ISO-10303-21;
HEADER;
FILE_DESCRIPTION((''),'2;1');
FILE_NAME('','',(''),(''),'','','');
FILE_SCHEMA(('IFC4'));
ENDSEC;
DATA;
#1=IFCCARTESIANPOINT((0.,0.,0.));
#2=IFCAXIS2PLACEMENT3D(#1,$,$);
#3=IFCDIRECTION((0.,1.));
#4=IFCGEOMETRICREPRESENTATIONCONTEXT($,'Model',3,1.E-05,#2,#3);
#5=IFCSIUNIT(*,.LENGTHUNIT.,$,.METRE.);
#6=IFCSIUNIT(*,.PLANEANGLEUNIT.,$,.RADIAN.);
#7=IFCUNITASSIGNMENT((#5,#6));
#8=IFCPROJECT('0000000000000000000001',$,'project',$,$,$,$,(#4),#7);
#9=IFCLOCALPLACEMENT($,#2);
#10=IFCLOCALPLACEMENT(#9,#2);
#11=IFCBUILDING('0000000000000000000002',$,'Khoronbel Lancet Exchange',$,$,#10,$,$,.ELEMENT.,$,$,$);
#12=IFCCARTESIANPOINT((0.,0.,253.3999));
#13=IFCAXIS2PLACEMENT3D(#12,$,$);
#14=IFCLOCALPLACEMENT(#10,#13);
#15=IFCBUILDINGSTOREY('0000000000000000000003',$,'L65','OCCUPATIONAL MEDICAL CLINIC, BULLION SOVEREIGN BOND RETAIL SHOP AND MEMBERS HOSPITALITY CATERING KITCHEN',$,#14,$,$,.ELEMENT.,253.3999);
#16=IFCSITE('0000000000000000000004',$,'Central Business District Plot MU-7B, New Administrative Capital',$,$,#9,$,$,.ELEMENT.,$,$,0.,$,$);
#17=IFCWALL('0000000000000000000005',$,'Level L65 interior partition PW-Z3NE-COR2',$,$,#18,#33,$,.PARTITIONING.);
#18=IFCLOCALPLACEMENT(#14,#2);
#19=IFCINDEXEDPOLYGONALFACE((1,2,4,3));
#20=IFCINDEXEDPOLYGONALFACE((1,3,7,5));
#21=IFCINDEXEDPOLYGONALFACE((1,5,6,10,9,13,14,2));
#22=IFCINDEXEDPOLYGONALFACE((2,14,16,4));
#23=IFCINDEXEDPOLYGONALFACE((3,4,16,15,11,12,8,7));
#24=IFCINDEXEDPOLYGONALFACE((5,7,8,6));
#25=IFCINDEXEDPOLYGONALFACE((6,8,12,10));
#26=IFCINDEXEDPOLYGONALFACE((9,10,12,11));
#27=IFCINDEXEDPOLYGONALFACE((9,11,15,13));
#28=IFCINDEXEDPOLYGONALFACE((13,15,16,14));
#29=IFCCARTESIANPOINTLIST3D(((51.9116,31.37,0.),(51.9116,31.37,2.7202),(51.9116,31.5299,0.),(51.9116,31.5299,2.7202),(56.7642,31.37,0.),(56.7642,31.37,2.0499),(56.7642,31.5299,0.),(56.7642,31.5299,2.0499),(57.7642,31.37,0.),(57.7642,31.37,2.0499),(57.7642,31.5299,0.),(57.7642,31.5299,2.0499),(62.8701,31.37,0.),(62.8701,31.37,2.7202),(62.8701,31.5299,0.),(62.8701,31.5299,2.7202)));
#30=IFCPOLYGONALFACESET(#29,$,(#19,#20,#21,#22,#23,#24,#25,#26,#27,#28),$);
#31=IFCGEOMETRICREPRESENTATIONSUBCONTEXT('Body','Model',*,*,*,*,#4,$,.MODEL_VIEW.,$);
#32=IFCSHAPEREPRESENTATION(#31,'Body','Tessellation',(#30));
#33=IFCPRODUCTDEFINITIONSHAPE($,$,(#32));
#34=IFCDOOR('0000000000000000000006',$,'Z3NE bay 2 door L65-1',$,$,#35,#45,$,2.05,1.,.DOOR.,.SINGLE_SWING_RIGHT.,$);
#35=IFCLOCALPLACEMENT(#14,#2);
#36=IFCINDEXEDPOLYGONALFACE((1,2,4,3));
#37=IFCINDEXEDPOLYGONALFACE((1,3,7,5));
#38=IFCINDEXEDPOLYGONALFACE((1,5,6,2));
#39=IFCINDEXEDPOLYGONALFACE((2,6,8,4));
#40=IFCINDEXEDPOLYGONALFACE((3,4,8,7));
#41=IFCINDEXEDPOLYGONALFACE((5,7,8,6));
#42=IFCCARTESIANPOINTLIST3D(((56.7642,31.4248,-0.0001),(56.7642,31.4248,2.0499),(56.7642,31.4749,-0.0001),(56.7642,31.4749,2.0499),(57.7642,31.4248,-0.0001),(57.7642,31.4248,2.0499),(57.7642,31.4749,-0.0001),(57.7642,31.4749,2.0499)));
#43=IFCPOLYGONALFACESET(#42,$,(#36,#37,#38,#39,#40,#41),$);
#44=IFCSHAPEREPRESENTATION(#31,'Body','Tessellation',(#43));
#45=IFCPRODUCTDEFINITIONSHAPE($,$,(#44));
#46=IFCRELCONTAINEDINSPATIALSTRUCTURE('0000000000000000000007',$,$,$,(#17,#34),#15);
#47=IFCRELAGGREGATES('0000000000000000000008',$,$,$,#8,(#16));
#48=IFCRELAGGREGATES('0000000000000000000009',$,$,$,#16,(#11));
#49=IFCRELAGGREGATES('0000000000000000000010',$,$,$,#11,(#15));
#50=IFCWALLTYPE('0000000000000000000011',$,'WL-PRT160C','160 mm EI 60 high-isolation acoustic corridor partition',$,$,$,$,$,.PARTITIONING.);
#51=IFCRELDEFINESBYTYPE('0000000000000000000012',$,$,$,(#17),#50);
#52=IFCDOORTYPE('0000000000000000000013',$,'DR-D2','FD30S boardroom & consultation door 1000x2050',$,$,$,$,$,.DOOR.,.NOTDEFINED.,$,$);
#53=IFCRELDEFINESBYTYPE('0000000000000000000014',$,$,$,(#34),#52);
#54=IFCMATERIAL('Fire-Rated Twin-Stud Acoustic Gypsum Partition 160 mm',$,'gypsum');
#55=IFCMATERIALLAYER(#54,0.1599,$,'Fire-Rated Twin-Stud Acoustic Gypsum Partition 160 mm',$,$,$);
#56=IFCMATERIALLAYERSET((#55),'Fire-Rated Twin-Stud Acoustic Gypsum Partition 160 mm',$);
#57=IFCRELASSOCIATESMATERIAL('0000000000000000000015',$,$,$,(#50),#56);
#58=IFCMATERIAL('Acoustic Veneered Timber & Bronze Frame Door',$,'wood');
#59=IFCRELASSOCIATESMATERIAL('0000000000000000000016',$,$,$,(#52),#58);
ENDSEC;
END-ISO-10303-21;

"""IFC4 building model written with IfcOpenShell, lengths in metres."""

from ifc_helpers import new_model, si_unit, direction, frame, frame_2d, origin, place, context, subcontext, project, spatial, rectangle, extrude, material, layer, layer_set, type_object, element, fill, save


model = new_model("IFC4")

# Units and contexts
model_context = context("Model", 3, precision=1e-05, world=origin(), true_north=direction((0.0, 1.0)))
body_context = subcontext(model_context, "Body", "Model", "MODEL_VIEW")
ifc_project = project(units=[si_unit("LENGTHUNIT", "METRE"), si_unit("PLANEANGLEUNIT", "RADIAN")], contexts=[model_context])

# Site, building, storey
site_placement = place(None, origin())
site = spatial("IfcSite", under=ifc_project, at=site_placement, Name="Central Business District Plot MU-7B, New Administrative Capital", CompositionType="ELEMENT", RefElevation=0.0)
building_placement = place(site_placement, origin())
building = spatial("IfcBuilding", under=site, at=building_placement, Name="Khoronbel Lancet Exchange", CompositionType="ELEMENT")
storey_placement = place(building_placement, frame((0.0, 0.0, 253.3999)))
storey = spatial("IfcBuildingStorey", under=building, at=storey_placement, Name="L65", Description="OCCUPATIONAL MEDICAL CLINIC, BULLION SOVEREIGN BOND RETAIL SHOP AND MEMBERS HOSPITALITY CATERING KITCHEN", CompositionType="ELEMENT", Elevation=253.3999)

# Wall, opening, door
ifc_material_1 = material(Name="Fire-Rated Twin-Stud Acoustic Gypsum Partition 160 mm", Category="gypsum")
ifc_layer_1 = layer(ifc_material_1, 0.1599, Name="Fire-Rated Twin-Stud Acoustic Gypsum Partition 160 mm")
ifc_layer_set_1 = layer_set([ifc_layer_1], Name="Fire-Rated Twin-Stud Acoustic Gypsum Partition 160 mm")
wall_type_1 = type_object("IfcWallType", Name="WL-PRT160C", Description="160 mm EI 60 high-isolation acoustic corridor partition", PredefinedType="PARTITIONING", material=ifc_layer_set_1)
ifc_material_2 = material(Name="Acoustic Veneered Timber & Bronze Frame Door", Category="wood")
door_type_1 = type_object("IfcDoorType", Name="DR-D2", Description="FD30S boardroom & consultation door 1000x2050", OperationType="NOTDEFINED", PredefinedType="DOOR", material=ifc_material_2)
wall_1_placement = place(storey_placement, frame((51.9116, 31.45, 0.0), z_axis=(0.0, 0.0, 1.0), x_axis=(1.0, 0.0, 0.0)))
wall_1 = element("IfcWall", 1, at=wall_1_placement, inside=storey, type_object=wall_type_1, Name="Level L65 interior partition PW-Z3NE-COR2", PredefinedType="PARTITIONING", context=body_context, shape_type="SweptSolid", body=[
    extrude(rectangle(XDim=10.9585, YDim=0.1599, at=frame_2d((5.4792, 0.0))), origin(), (0.0, 0.0, 1.0), 2.7202),
])
opening_1_placement = place(wall_1_placement, frame((4.8525, 0.0, 0.0)))
opening_1 = element("IfcOpeningElement", 2, at=opening_1_placement, cuts=wall_1, PredefinedType="OPENING", context=body_context, shape_type="SweptSolid", body=[
    extrude(rectangle(XDim=1.0, YDim=2.05, at=frame_2d((0.5, 1.0249))), frame((0.0, 0.0898, 0.0), z_axis=(0.0, -1.0, 0.0), x_axis=(1.0, 0.0, 0.0)), (0.0, 0.0, 1.0), 0.1799),
])
door_1_placement = place(opening_1_placement, origin())
door_1 = element("IfcDoor", 3, at=door_1_placement, inside=storey, type_object=door_type_1, Name="Z3NE bay 2 door L65-1", OperationType="SINGLE_SWING_RIGHT", OverallHeight=2.05, OverallWidth=1.0, PredefinedType="DOOR", context=body_context, shape_type="SweptSolid", body=[
    extrude(rectangle(XDim=1.0, YDim=2.05, at=frame_2d((0.5, 1.0249))), frame((0.0, 0.0249, 0.0), z_axis=(0.0, -1.0, 0.0), x_axis=(1.0, 0.0, 0.0)), (0.0, 0.0, 1.0), 0.05),
])
fill(opening_1, door_1)

save(model, "model.ifc")
